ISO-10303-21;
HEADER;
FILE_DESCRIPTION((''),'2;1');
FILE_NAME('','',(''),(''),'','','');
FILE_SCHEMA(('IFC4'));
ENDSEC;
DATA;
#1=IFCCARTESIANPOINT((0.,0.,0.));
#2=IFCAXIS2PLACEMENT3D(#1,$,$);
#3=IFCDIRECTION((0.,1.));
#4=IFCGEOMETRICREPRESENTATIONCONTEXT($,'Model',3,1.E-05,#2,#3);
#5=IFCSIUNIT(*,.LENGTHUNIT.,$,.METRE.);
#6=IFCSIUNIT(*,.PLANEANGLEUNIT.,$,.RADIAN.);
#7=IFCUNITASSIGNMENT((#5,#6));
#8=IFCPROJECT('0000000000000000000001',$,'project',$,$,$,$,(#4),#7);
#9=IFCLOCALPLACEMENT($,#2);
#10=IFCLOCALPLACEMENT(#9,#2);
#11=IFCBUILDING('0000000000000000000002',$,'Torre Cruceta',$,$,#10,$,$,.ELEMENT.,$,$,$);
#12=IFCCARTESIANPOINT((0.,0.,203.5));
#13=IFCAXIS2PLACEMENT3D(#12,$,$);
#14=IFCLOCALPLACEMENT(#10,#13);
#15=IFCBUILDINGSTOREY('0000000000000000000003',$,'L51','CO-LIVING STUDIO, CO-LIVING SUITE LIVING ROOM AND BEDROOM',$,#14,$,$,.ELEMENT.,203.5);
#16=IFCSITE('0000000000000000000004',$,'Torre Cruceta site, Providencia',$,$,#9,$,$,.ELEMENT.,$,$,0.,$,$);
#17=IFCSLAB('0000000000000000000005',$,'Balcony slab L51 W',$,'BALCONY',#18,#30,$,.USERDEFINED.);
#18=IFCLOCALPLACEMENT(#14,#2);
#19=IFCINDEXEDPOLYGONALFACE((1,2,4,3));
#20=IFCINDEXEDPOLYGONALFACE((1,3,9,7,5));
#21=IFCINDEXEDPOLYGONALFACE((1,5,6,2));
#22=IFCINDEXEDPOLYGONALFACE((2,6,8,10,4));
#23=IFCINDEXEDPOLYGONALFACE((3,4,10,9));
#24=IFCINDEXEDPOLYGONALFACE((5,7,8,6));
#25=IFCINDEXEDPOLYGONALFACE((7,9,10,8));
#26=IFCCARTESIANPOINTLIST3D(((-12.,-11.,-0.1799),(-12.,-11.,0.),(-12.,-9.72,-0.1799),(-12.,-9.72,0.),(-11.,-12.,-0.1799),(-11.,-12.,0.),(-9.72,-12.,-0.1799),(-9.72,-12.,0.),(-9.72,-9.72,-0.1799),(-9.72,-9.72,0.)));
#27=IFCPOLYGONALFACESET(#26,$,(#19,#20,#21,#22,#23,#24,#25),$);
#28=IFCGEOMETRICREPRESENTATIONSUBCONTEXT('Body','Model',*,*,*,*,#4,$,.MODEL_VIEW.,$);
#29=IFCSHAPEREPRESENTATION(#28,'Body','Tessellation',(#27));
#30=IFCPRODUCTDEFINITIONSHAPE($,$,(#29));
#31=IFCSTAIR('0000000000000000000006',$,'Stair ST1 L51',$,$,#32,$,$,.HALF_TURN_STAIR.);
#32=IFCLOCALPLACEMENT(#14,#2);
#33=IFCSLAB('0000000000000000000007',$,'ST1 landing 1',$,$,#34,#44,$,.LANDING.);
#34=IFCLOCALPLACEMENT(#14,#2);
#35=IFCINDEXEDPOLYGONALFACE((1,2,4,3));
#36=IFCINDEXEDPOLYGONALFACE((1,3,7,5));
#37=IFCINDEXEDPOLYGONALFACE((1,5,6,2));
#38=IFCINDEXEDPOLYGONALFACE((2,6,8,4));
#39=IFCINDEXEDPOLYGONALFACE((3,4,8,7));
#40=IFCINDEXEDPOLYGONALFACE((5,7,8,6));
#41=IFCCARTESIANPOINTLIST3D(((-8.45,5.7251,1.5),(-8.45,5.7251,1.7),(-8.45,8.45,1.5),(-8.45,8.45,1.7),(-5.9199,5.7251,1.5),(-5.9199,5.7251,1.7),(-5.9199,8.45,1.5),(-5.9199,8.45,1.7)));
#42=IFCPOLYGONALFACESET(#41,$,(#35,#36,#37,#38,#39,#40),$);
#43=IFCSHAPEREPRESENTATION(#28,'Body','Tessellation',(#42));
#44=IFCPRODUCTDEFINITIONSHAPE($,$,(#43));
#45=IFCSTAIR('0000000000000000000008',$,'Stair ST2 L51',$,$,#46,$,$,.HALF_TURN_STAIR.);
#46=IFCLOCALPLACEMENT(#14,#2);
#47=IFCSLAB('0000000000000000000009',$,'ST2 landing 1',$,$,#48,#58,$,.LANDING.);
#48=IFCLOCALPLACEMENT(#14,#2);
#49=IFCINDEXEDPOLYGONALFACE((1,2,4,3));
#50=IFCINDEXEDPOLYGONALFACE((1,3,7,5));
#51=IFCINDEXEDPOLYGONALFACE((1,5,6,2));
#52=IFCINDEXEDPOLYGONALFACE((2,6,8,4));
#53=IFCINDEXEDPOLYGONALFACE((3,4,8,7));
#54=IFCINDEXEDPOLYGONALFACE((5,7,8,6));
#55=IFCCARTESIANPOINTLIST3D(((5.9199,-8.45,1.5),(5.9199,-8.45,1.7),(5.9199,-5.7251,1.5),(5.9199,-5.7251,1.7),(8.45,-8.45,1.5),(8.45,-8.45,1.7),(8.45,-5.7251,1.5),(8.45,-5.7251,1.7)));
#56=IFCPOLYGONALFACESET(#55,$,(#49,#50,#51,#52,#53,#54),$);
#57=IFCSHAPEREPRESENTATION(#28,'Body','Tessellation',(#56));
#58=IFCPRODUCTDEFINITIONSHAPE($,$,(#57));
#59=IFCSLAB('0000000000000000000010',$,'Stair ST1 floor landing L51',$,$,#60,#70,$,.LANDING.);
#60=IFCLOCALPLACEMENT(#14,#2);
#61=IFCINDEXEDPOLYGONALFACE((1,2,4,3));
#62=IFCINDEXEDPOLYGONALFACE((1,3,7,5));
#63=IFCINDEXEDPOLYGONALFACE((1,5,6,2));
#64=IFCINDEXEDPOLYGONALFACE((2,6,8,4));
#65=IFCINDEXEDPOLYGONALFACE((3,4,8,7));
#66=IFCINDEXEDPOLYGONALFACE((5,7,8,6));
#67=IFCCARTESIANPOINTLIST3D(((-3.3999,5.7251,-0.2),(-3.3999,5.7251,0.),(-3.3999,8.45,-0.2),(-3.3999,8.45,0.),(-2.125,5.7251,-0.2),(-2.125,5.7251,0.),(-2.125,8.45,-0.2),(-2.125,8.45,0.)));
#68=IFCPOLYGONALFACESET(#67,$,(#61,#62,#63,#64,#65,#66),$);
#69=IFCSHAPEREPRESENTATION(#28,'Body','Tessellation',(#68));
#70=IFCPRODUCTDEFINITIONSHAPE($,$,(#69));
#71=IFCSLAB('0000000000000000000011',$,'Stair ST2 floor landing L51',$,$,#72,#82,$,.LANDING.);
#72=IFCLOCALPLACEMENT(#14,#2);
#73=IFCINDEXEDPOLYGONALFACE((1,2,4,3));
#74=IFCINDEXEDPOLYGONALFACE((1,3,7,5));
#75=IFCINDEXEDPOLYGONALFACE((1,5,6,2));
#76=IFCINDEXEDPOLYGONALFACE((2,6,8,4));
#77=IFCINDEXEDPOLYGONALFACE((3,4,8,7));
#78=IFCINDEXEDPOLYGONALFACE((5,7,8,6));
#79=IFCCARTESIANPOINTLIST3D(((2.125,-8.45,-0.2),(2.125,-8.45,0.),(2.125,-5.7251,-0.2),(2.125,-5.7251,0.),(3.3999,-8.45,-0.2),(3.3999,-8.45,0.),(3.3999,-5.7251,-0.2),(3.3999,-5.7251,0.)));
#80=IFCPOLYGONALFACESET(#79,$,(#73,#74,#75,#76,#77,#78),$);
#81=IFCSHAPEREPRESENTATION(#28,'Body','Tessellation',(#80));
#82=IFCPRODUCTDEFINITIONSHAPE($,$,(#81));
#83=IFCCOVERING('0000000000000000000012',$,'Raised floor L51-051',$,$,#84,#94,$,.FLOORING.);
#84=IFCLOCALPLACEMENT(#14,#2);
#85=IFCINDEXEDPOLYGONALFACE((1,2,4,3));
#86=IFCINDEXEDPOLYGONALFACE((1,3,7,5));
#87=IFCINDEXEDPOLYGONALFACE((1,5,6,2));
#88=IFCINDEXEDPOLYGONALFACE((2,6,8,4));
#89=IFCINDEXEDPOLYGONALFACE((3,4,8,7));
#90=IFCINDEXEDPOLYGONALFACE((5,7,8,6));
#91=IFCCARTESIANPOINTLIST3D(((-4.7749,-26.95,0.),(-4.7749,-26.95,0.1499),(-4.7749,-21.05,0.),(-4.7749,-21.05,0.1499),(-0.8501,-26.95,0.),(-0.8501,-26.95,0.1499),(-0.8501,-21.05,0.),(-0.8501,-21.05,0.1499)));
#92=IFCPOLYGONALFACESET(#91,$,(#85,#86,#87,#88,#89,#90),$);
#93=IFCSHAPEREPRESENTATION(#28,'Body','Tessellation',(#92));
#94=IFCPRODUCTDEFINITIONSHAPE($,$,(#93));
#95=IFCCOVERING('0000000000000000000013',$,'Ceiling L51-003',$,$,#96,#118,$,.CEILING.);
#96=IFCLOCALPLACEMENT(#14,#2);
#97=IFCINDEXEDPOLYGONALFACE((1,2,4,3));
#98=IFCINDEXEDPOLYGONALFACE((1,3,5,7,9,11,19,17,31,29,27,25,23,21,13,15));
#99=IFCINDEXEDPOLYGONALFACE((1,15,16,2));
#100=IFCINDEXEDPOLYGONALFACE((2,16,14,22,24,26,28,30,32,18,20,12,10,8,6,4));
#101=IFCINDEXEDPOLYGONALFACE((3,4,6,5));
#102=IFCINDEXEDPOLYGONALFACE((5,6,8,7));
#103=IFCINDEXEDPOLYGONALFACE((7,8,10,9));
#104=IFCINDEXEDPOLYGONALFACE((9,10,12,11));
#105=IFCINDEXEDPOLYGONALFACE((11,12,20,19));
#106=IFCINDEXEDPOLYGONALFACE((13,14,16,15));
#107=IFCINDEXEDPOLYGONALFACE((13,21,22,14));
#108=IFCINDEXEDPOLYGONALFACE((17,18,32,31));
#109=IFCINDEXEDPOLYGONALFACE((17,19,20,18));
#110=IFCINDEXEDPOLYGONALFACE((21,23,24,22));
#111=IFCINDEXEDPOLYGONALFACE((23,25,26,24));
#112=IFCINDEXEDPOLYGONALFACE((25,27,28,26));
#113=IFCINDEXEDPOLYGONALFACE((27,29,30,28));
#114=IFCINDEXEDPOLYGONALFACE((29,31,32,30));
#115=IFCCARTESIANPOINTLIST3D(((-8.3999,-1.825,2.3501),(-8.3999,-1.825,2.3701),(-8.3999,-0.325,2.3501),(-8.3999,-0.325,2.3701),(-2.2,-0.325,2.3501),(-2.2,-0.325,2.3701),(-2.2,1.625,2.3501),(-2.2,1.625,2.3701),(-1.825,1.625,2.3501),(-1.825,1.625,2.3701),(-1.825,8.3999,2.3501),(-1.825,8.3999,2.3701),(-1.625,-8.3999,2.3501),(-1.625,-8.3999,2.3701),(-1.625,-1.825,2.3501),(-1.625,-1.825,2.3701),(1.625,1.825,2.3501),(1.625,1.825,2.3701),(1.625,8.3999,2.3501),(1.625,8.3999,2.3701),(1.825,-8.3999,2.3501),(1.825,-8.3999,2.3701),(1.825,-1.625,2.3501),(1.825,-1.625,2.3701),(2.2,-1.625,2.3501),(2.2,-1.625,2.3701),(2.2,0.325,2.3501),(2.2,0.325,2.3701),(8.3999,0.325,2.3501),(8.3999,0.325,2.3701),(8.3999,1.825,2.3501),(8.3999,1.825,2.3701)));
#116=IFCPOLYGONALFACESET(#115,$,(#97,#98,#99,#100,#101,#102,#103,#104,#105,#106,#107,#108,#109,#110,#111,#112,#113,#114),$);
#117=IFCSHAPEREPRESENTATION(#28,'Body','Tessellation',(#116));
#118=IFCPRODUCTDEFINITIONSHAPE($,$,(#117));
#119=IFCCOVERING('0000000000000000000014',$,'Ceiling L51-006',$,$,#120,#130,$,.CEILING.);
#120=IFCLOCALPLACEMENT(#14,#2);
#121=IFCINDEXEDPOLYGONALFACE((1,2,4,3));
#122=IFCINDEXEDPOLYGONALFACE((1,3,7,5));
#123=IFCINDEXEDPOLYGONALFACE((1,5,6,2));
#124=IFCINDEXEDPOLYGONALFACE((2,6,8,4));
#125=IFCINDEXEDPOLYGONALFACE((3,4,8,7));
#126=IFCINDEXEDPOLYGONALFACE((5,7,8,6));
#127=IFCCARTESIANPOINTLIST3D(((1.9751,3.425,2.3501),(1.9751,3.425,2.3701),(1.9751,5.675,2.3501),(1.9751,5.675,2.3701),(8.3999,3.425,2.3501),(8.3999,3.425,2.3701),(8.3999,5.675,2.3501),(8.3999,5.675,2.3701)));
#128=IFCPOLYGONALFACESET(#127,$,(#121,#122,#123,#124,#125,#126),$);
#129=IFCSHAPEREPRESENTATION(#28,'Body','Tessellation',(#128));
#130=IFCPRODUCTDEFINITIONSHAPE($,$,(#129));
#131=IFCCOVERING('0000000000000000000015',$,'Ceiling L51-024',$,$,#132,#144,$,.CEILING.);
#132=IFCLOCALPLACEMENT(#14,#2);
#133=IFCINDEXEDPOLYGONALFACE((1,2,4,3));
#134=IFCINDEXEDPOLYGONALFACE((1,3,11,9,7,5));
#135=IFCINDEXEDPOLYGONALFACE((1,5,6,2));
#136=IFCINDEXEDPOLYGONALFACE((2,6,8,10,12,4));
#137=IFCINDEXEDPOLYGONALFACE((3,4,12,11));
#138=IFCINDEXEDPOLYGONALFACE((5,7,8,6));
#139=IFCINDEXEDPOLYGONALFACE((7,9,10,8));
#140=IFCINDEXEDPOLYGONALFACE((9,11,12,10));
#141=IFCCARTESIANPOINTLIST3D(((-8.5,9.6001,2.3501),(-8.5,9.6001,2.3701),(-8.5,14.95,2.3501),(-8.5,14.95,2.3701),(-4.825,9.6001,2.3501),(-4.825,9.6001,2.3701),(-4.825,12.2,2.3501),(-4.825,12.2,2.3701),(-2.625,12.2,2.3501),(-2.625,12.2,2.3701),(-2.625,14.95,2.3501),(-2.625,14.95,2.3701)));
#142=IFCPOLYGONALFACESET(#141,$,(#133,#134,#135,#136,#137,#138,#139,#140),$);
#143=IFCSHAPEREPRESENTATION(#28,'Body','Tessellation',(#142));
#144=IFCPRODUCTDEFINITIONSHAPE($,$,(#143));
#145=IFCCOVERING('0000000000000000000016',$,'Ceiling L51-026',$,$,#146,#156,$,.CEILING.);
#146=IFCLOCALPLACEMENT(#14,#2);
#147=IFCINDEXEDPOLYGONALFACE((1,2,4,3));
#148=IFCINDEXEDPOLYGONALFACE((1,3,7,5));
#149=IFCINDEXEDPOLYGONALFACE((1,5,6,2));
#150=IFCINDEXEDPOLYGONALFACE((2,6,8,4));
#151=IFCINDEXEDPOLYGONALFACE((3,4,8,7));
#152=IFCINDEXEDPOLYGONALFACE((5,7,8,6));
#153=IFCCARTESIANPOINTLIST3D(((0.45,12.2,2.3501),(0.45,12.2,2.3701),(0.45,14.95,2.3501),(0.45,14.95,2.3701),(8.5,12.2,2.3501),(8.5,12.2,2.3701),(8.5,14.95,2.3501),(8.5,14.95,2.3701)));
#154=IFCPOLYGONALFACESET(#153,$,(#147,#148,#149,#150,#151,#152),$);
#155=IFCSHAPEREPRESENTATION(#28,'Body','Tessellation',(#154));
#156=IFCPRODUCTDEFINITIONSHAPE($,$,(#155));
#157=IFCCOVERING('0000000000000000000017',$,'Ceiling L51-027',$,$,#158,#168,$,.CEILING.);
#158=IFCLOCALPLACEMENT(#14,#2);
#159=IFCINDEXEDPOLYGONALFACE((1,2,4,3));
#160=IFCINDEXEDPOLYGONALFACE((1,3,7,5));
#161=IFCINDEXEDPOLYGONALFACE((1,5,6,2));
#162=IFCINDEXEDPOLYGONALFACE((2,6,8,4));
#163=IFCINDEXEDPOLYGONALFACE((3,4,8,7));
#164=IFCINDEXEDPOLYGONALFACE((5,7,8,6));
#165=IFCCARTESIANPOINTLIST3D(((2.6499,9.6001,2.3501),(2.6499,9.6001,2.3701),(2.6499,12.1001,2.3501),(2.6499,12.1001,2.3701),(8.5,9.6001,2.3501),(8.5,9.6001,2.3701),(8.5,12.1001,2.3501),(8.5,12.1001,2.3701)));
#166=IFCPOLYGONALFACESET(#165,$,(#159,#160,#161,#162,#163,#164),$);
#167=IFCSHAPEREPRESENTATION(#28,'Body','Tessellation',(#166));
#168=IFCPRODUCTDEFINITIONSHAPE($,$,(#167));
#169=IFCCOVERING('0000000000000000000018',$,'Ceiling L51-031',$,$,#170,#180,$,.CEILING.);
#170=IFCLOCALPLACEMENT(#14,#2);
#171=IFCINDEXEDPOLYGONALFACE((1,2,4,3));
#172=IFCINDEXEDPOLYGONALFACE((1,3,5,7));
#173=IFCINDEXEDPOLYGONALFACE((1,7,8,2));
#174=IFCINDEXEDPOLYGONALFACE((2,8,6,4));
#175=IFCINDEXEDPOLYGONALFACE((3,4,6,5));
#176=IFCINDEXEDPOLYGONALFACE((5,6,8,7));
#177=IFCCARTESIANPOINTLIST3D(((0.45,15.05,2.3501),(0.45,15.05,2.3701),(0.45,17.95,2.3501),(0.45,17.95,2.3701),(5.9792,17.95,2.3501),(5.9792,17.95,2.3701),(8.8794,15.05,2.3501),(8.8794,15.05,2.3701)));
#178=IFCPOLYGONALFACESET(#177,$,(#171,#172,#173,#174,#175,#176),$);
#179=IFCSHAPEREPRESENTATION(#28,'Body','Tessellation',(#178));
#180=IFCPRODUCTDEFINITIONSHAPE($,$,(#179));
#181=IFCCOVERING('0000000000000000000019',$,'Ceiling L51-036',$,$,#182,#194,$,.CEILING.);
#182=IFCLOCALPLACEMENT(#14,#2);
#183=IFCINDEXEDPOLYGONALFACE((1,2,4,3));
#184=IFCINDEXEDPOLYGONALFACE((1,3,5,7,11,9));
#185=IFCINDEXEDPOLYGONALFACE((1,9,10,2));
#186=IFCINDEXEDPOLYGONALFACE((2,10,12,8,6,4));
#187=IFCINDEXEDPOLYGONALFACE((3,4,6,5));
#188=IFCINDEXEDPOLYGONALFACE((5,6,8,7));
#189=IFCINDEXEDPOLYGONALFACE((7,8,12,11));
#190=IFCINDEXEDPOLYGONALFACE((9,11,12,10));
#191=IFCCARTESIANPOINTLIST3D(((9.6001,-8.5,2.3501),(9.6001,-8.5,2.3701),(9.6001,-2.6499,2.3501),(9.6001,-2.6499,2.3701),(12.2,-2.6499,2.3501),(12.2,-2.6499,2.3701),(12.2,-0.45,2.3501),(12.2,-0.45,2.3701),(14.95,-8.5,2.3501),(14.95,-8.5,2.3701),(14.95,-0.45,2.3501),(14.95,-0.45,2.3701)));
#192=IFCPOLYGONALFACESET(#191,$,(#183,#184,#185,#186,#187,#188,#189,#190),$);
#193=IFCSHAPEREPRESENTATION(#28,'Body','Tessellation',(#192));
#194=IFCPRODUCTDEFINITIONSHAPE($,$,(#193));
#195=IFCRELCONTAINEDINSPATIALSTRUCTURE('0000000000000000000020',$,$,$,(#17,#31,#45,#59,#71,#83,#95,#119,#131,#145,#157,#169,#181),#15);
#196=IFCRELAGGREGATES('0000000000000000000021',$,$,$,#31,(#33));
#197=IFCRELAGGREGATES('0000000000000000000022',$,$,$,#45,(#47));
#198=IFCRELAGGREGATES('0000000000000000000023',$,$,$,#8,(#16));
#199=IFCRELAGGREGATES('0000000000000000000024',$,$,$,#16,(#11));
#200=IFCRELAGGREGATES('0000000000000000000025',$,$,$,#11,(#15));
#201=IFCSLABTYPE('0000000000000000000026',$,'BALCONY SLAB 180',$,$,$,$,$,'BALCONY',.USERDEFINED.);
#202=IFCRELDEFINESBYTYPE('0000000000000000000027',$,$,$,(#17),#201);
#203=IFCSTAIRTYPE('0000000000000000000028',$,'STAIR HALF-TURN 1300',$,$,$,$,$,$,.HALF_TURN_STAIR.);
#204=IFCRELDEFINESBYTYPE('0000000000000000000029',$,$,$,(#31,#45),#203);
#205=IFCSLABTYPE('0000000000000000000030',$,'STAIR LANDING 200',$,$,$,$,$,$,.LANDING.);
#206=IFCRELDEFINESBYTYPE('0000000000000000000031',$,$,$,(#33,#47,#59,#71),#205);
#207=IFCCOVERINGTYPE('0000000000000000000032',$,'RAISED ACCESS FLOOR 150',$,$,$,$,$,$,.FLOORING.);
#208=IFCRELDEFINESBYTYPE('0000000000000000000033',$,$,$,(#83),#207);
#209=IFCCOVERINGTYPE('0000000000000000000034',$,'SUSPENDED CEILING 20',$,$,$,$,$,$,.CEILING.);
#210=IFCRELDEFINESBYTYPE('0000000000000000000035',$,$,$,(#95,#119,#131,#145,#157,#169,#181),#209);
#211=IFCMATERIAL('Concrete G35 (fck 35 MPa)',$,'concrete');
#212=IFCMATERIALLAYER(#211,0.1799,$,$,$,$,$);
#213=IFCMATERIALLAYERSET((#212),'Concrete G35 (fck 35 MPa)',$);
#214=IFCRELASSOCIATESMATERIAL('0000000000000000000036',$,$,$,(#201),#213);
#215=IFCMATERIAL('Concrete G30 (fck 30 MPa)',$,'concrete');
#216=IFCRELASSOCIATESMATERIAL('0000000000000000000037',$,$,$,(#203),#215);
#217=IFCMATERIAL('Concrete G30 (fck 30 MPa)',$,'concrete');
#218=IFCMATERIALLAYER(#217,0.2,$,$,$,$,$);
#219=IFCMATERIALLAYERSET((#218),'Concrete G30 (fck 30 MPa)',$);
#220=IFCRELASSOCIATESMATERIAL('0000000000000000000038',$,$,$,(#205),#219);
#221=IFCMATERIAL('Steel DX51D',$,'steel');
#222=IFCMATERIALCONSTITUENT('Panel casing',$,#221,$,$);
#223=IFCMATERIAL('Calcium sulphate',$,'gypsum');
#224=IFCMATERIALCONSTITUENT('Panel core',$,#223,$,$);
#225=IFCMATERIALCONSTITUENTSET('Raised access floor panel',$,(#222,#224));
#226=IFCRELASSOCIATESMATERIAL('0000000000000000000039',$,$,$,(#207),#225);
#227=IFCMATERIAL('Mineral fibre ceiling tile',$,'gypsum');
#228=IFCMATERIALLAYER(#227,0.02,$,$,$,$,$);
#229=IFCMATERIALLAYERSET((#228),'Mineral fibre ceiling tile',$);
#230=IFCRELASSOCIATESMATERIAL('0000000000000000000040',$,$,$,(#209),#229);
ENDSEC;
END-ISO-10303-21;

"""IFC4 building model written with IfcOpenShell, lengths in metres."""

from ifc_helpers import new_model, si_unit, direction, frame, origin, place, context, subcontext, project, spatial, polyline, outline, extrude, material, layer, layer_set, constituent, constituent_set, type_object, element, aggregate, save


model = new_model("IFC4")

# Units and contexts
model_context = context("Model", 3, precision=1e-05, world=origin(), true_north=direction((0.0, 1.0)))
body_context = subcontext(model_context, "Body", "Model", "MODEL_VIEW")
ifc_project = project(units=[si_unit("LENGTHUNIT", "METRE"), si_unit("PLANEANGLEUNIT", "RADIAN")], contexts=[model_context])

# Site, building, storey
site_placement = place(None, origin())
site = spatial("IfcSite", under=ifc_project, at=site_placement, Name="Torre Cruceta site, Providencia", CompositionType="ELEMENT", RefElevation=0.0)
building_placement = place(site_placement, origin())
building = spatial("IfcBuilding", under=site, at=building_placement, Name="Torre Cruceta", CompositionType="ELEMENT")
storey_placement = place(building_placement, frame((0.0, 0.0, 203.5)))
storey = spatial("IfcBuildingStorey", under=building, at=storey_placement, Name="L51", Description="CO-LIVING STUDIO, CO-LIVING SUITE LIVING ROOM AND BEDROOM", CompositionType="ELEMENT", Elevation=203.5)

# Slab
ifc_material_1 = material(Name="Concrete G35 (fck 35 MPa)", Category="concrete")
ifc_layer_1 = layer(ifc_material_1, 0.1799)
ifc_layer_set_1 = layer_set([ifc_layer_1], Name="Concrete G35 (fck 35 MPa)")
slab_type_1 = type_object("IfcSlabType", Name="BALCONY SLAB 180", ElementType="BALCONY", PredefinedType="USERDEFINED", material=ifc_layer_set_1)
slab_1_placement = place(storey_placement, frame((0.0, 0.0, -0.1799)))
element("IfcSlab", 1, at=slab_1_placement, inside=storey, type_object=slab_type_1, Name="Balcony slab L51 W", ObjectType="BALCONY", PredefinedType="USERDEFINED", context=body_context, shape_type="SweptSolid", body=[
    extrude(outline(polyline([(-11.0, -12.0), (-12.0, -11.0), (-12.0, -9.72), (-9.72, -9.72), (-9.72, -12.0), (-11.0, -12.0)])), origin(), (0.0, 0.0, 1.0), 0.1799),
])

# Stairs, slabs
ifc_material_2 = material(Name="Concrete G30 (fck 30 MPa)", Category="concrete")
stair_type = type_object("IfcStairType", Name="STAIR HALF-TURN 1300", PredefinedType="HALF_TURN_STAIR", material=ifc_material_2)
stair_1_placement = place(storey_placement, origin())
stair_1 = element("IfcStair", 2, at=stair_1_placement, inside=storey, type_object=stair_type, Name="Stair ST1 L51", PredefinedType="HALF_TURN_STAIR")
ifc_material_3 = material(Name="Concrete G30 (fck 30 MPa)", Category="concrete")
ifc_layer_2 = layer(ifc_material_3, 0.2)
ifc_layer_set_2 = layer_set([ifc_layer_2], Name="Concrete G30 (fck 30 MPa)")
slab_type_2 = type_object("IfcSlabType", Name="STAIR LANDING 200", PredefinedType="LANDING", material=ifc_layer_set_2)
slab_2_placement = place(storey_placement, frame((0.0, 0.0, 1.5)))
slab_2 = element("IfcSlab", 3, at=slab_2_placement, type_object=slab_type_2, Name="ST1 landing 1", PredefinedType="LANDING", context=body_context, shape_type="SweptSolid", body=[
    extrude(outline(polyline([(-8.45, 5.7251), (-5.9199, 5.7251), (-5.9199, 8.45), (-8.45, 8.45), (-8.45, 5.7251)])), origin(), (0.0, 0.0, 1.0), 0.2),
])
aggregate(stair_1, [slab_2])
stair_2_placement = place(storey_placement, origin())
stair_2 = element("IfcStair", 4, at=stair_2_placement, inside=storey, type_object=stair_type, Name="Stair ST2 L51", PredefinedType="HALF_TURN_STAIR")
slab_3_placement = place(storey_placement, frame((0.0, 0.0, 1.5)))
slab_3 = element("IfcSlab", 5, at=slab_3_placement, type_object=slab_type_2, Name="ST2 landing 1", PredefinedType="LANDING", context=body_context, shape_type="SweptSolid", body=[
    extrude(outline(polyline([(5.9199, -8.45), (8.45, -8.45), (8.45, -5.7251), (5.9199, -5.7251), (5.9199, -8.45)])), origin(), (0.0, 0.0, 1.0), 0.2),
])
aggregate(stair_2, [slab_3])

# Slabs
slab_4_placement = place(storey_placement, frame((0.0, 0.0, -0.2)))
element("IfcSlab", 6, at=slab_4_placement, inside=storey, type_object=slab_type_2, Name="Stair ST1 floor landing L51", PredefinedType="LANDING", context=body_context, shape_type="SweptSolid", body=[
    extrude(outline(polyline([(-2.125, 8.45), (-2.125, 5.7251), (-3.3999, 5.7251), (-3.3999, 8.45), (-2.125, 8.45)])), origin(), (0.0, 0.0, 1.0), 0.2),
])
slab_5_placement = place(storey_placement, frame((0.0, 0.0, -0.2)))
element("IfcSlab", 7, at=slab_5_placement, inside=storey, type_object=slab_type_2, Name="Stair ST2 floor landing L51", PredefinedType="LANDING", context=body_context, shape_type="SweptSolid", body=[
    extrude(outline(polyline([(2.125, -8.45), (2.125, -5.7251), (3.3999, -5.7251), (3.3999, -8.45), (2.125, -8.45)])), origin(), (0.0, 0.0, 1.0), 0.2),
])

# Coverings
ifc_material_4 = material(Name="Steel DX51D", Category="steel")
ifc_constituent_1 = constituent(ifc_material_4, Name="Panel casing")
ifc_material_5 = material(Name="Calcium sulphate", Category="gypsum")
ifc_constituent_2 = constituent(ifc_material_5, Name="Panel core")
ifc_constituent_set = constituent_set(constituents=[ifc_constituent_1, ifc_constituent_2], Name="Raised access floor panel")
covering_type_1 = type_object("IfcCoveringType", Name="RAISED ACCESS FLOOR 150", PredefinedType="FLOORING", material=ifc_constituent_set)
covering_1_placement = place(storey_placement, origin())
element("IfcCovering", 8, at=covering_1_placement, inside=storey, type_object=covering_type_1, Name="Raised floor L51-051", PredefinedType="FLOORING", context=body_context, shape_type="SweptSolid", body=[
    extrude(outline(polyline([(-4.7749, -26.95), (-4.7749, -21.05), (-0.8501, -21.05), (-0.8501, -26.95), (-4.7749, -26.95)])), origin(), (0.0, 0.0, 1.0), 0.1499),
])
ifc_material_6 = material(Name="Mineral fibre ceiling tile", Category="gypsum")
ifc_layer_3 = layer(ifc_material_6, 0.02)
ifc_layer_set_3 = layer_set([ifc_layer_3], Name="Mineral fibre ceiling tile")
covering_type_2 = type_object("IfcCoveringType", Name="SUSPENDED CEILING 20", PredefinedType="CEILING", material=ifc_layer_set_3)
covering_2_placement = place(storey_placement, frame((0.0, 0.0, 2.3501)))
element("IfcCovering", 9, at=covering_2_placement, inside=storey, type_object=covering_type_2, Name="Ceiling L51-003", PredefinedType="CEILING", context=body_context, shape_type="SweptSolid", body=[
    extrude(outline(polyline([(1.825, -8.3999), (-1.625, -8.3999), (-1.625, -1.825), (-8.3999, -1.825), (-8.3999, -0.325), (-2.2, -0.325), (-2.2, 1.625), (-1.825, 1.625), (-1.825, 8.3999), (1.625, 8.3999), (1.625, 1.825), (8.3999, 1.825), (8.3999, 0.325), (2.2, 0.325), (2.2, -1.625), (1.825, -1.625), (1.825, -8.3999)])), origin(), (0.0, 0.0, 1.0), 0.02),
])
covering_3_placement = place(storey_placement, frame((0.0, 0.0, 2.3501)))
element("IfcCovering", 10, at=covering_3_placement, inside=storey, type_object=covering_type_2, Name="Ceiling L51-006", PredefinedType="CEILING", context=body_context, shape_type="SweptSolid", body=[
    extrude(outline(polyline([(1.9751, 3.425), (1.9751, 5.675), (8.3999, 5.675), (8.3999, 3.425), (1.9751, 3.425)])), origin(), (0.0, 0.0, 1.0), 0.02),
])
covering_4_placement = place(storey_placement, frame((0.0, 0.0, 2.3501)))
element("IfcCovering", 11, at=covering_4_placement, inside=storey, type_object=covering_type_2, Name="Ceiling L51-024", PredefinedType="CEILING", context=body_context, shape_type="SweptSolid", body=[
    extrude(outline(polyline([(-8.5, 9.6001), (-8.5, 14.95), (-2.625, 14.95), (-2.625, 12.2), (-4.825, 12.2), (-4.825, 9.6001), (-8.5, 9.6001)])), origin(), (0.0, 0.0, 1.0), 0.02),
])
covering_5_placement = place(storey_placement, frame((0.0, 0.0, 2.3501)))
element("IfcCovering", 12, at=covering_5_placement, inside=storey, type_object=covering_type_2, Name="Ceiling L51-026", PredefinedType="CEILING", context=body_context, shape_type="SweptSolid", body=[
    extrude(outline(polyline([(8.5, 14.95), (8.5, 12.2), (0.45, 12.2), (0.45, 14.95), (8.5, 14.95)])), origin(), (0.0, 0.0, 1.0), 0.02),
])
covering_6_placement = place(storey_placement, frame((0.0, 0.0, 2.3501)))
element("IfcCovering", 13, at=covering_6_placement, inside=storey, type_object=covering_type_2, Name="Ceiling L51-027", PredefinedType="CEILING", context=body_context, shape_type="SweptSolid", body=[
    extrude(outline(polyline([(8.5, 9.6001), (2.6499, 9.6001), (2.6499, 12.1001), (8.5, 12.1001), (8.5, 9.6001)])), origin(), (0.0, 0.0, 1.0), 0.02),
])
covering_7_placement = place(storey_placement, frame((0.0, 0.0, 2.3501)))
element("IfcCovering", 14, at=covering_7_placement, inside=storey, type_object=covering_type_2, Name="Ceiling L51-031", PredefinedType="CEILING", context=body_context, shape_type="SweptSolid", body=[
    extrude(outline(polyline([(8.8794, 15.05), (0.45, 15.05), (0.45, 17.95), (5.9792, 17.95), (8.8794, 15.05)])), origin(), (0.0, 0.0, 1.0), 0.02),
])
covering_8_placement = place(storey_placement, frame((0.0, 0.0, 2.3501)))
element("IfcCovering", 15, at=covering_8_placement, inside=storey, type_object=covering_type_2, Name="Ceiling L51-036", PredefinedType="CEILING", context=body_context, shape_type="SweptSolid", body=[
    extrude(outline(polyline([(14.95, -0.45), (14.95, -8.5), (9.6001, -8.5), (9.6001, -2.6499), (12.2, -2.6499), (12.2, -0.45), (14.95, -0.45)])), origin(), (0.0, 0.0, 1.0), 0.02),
])

save(model, "model.ifc")
